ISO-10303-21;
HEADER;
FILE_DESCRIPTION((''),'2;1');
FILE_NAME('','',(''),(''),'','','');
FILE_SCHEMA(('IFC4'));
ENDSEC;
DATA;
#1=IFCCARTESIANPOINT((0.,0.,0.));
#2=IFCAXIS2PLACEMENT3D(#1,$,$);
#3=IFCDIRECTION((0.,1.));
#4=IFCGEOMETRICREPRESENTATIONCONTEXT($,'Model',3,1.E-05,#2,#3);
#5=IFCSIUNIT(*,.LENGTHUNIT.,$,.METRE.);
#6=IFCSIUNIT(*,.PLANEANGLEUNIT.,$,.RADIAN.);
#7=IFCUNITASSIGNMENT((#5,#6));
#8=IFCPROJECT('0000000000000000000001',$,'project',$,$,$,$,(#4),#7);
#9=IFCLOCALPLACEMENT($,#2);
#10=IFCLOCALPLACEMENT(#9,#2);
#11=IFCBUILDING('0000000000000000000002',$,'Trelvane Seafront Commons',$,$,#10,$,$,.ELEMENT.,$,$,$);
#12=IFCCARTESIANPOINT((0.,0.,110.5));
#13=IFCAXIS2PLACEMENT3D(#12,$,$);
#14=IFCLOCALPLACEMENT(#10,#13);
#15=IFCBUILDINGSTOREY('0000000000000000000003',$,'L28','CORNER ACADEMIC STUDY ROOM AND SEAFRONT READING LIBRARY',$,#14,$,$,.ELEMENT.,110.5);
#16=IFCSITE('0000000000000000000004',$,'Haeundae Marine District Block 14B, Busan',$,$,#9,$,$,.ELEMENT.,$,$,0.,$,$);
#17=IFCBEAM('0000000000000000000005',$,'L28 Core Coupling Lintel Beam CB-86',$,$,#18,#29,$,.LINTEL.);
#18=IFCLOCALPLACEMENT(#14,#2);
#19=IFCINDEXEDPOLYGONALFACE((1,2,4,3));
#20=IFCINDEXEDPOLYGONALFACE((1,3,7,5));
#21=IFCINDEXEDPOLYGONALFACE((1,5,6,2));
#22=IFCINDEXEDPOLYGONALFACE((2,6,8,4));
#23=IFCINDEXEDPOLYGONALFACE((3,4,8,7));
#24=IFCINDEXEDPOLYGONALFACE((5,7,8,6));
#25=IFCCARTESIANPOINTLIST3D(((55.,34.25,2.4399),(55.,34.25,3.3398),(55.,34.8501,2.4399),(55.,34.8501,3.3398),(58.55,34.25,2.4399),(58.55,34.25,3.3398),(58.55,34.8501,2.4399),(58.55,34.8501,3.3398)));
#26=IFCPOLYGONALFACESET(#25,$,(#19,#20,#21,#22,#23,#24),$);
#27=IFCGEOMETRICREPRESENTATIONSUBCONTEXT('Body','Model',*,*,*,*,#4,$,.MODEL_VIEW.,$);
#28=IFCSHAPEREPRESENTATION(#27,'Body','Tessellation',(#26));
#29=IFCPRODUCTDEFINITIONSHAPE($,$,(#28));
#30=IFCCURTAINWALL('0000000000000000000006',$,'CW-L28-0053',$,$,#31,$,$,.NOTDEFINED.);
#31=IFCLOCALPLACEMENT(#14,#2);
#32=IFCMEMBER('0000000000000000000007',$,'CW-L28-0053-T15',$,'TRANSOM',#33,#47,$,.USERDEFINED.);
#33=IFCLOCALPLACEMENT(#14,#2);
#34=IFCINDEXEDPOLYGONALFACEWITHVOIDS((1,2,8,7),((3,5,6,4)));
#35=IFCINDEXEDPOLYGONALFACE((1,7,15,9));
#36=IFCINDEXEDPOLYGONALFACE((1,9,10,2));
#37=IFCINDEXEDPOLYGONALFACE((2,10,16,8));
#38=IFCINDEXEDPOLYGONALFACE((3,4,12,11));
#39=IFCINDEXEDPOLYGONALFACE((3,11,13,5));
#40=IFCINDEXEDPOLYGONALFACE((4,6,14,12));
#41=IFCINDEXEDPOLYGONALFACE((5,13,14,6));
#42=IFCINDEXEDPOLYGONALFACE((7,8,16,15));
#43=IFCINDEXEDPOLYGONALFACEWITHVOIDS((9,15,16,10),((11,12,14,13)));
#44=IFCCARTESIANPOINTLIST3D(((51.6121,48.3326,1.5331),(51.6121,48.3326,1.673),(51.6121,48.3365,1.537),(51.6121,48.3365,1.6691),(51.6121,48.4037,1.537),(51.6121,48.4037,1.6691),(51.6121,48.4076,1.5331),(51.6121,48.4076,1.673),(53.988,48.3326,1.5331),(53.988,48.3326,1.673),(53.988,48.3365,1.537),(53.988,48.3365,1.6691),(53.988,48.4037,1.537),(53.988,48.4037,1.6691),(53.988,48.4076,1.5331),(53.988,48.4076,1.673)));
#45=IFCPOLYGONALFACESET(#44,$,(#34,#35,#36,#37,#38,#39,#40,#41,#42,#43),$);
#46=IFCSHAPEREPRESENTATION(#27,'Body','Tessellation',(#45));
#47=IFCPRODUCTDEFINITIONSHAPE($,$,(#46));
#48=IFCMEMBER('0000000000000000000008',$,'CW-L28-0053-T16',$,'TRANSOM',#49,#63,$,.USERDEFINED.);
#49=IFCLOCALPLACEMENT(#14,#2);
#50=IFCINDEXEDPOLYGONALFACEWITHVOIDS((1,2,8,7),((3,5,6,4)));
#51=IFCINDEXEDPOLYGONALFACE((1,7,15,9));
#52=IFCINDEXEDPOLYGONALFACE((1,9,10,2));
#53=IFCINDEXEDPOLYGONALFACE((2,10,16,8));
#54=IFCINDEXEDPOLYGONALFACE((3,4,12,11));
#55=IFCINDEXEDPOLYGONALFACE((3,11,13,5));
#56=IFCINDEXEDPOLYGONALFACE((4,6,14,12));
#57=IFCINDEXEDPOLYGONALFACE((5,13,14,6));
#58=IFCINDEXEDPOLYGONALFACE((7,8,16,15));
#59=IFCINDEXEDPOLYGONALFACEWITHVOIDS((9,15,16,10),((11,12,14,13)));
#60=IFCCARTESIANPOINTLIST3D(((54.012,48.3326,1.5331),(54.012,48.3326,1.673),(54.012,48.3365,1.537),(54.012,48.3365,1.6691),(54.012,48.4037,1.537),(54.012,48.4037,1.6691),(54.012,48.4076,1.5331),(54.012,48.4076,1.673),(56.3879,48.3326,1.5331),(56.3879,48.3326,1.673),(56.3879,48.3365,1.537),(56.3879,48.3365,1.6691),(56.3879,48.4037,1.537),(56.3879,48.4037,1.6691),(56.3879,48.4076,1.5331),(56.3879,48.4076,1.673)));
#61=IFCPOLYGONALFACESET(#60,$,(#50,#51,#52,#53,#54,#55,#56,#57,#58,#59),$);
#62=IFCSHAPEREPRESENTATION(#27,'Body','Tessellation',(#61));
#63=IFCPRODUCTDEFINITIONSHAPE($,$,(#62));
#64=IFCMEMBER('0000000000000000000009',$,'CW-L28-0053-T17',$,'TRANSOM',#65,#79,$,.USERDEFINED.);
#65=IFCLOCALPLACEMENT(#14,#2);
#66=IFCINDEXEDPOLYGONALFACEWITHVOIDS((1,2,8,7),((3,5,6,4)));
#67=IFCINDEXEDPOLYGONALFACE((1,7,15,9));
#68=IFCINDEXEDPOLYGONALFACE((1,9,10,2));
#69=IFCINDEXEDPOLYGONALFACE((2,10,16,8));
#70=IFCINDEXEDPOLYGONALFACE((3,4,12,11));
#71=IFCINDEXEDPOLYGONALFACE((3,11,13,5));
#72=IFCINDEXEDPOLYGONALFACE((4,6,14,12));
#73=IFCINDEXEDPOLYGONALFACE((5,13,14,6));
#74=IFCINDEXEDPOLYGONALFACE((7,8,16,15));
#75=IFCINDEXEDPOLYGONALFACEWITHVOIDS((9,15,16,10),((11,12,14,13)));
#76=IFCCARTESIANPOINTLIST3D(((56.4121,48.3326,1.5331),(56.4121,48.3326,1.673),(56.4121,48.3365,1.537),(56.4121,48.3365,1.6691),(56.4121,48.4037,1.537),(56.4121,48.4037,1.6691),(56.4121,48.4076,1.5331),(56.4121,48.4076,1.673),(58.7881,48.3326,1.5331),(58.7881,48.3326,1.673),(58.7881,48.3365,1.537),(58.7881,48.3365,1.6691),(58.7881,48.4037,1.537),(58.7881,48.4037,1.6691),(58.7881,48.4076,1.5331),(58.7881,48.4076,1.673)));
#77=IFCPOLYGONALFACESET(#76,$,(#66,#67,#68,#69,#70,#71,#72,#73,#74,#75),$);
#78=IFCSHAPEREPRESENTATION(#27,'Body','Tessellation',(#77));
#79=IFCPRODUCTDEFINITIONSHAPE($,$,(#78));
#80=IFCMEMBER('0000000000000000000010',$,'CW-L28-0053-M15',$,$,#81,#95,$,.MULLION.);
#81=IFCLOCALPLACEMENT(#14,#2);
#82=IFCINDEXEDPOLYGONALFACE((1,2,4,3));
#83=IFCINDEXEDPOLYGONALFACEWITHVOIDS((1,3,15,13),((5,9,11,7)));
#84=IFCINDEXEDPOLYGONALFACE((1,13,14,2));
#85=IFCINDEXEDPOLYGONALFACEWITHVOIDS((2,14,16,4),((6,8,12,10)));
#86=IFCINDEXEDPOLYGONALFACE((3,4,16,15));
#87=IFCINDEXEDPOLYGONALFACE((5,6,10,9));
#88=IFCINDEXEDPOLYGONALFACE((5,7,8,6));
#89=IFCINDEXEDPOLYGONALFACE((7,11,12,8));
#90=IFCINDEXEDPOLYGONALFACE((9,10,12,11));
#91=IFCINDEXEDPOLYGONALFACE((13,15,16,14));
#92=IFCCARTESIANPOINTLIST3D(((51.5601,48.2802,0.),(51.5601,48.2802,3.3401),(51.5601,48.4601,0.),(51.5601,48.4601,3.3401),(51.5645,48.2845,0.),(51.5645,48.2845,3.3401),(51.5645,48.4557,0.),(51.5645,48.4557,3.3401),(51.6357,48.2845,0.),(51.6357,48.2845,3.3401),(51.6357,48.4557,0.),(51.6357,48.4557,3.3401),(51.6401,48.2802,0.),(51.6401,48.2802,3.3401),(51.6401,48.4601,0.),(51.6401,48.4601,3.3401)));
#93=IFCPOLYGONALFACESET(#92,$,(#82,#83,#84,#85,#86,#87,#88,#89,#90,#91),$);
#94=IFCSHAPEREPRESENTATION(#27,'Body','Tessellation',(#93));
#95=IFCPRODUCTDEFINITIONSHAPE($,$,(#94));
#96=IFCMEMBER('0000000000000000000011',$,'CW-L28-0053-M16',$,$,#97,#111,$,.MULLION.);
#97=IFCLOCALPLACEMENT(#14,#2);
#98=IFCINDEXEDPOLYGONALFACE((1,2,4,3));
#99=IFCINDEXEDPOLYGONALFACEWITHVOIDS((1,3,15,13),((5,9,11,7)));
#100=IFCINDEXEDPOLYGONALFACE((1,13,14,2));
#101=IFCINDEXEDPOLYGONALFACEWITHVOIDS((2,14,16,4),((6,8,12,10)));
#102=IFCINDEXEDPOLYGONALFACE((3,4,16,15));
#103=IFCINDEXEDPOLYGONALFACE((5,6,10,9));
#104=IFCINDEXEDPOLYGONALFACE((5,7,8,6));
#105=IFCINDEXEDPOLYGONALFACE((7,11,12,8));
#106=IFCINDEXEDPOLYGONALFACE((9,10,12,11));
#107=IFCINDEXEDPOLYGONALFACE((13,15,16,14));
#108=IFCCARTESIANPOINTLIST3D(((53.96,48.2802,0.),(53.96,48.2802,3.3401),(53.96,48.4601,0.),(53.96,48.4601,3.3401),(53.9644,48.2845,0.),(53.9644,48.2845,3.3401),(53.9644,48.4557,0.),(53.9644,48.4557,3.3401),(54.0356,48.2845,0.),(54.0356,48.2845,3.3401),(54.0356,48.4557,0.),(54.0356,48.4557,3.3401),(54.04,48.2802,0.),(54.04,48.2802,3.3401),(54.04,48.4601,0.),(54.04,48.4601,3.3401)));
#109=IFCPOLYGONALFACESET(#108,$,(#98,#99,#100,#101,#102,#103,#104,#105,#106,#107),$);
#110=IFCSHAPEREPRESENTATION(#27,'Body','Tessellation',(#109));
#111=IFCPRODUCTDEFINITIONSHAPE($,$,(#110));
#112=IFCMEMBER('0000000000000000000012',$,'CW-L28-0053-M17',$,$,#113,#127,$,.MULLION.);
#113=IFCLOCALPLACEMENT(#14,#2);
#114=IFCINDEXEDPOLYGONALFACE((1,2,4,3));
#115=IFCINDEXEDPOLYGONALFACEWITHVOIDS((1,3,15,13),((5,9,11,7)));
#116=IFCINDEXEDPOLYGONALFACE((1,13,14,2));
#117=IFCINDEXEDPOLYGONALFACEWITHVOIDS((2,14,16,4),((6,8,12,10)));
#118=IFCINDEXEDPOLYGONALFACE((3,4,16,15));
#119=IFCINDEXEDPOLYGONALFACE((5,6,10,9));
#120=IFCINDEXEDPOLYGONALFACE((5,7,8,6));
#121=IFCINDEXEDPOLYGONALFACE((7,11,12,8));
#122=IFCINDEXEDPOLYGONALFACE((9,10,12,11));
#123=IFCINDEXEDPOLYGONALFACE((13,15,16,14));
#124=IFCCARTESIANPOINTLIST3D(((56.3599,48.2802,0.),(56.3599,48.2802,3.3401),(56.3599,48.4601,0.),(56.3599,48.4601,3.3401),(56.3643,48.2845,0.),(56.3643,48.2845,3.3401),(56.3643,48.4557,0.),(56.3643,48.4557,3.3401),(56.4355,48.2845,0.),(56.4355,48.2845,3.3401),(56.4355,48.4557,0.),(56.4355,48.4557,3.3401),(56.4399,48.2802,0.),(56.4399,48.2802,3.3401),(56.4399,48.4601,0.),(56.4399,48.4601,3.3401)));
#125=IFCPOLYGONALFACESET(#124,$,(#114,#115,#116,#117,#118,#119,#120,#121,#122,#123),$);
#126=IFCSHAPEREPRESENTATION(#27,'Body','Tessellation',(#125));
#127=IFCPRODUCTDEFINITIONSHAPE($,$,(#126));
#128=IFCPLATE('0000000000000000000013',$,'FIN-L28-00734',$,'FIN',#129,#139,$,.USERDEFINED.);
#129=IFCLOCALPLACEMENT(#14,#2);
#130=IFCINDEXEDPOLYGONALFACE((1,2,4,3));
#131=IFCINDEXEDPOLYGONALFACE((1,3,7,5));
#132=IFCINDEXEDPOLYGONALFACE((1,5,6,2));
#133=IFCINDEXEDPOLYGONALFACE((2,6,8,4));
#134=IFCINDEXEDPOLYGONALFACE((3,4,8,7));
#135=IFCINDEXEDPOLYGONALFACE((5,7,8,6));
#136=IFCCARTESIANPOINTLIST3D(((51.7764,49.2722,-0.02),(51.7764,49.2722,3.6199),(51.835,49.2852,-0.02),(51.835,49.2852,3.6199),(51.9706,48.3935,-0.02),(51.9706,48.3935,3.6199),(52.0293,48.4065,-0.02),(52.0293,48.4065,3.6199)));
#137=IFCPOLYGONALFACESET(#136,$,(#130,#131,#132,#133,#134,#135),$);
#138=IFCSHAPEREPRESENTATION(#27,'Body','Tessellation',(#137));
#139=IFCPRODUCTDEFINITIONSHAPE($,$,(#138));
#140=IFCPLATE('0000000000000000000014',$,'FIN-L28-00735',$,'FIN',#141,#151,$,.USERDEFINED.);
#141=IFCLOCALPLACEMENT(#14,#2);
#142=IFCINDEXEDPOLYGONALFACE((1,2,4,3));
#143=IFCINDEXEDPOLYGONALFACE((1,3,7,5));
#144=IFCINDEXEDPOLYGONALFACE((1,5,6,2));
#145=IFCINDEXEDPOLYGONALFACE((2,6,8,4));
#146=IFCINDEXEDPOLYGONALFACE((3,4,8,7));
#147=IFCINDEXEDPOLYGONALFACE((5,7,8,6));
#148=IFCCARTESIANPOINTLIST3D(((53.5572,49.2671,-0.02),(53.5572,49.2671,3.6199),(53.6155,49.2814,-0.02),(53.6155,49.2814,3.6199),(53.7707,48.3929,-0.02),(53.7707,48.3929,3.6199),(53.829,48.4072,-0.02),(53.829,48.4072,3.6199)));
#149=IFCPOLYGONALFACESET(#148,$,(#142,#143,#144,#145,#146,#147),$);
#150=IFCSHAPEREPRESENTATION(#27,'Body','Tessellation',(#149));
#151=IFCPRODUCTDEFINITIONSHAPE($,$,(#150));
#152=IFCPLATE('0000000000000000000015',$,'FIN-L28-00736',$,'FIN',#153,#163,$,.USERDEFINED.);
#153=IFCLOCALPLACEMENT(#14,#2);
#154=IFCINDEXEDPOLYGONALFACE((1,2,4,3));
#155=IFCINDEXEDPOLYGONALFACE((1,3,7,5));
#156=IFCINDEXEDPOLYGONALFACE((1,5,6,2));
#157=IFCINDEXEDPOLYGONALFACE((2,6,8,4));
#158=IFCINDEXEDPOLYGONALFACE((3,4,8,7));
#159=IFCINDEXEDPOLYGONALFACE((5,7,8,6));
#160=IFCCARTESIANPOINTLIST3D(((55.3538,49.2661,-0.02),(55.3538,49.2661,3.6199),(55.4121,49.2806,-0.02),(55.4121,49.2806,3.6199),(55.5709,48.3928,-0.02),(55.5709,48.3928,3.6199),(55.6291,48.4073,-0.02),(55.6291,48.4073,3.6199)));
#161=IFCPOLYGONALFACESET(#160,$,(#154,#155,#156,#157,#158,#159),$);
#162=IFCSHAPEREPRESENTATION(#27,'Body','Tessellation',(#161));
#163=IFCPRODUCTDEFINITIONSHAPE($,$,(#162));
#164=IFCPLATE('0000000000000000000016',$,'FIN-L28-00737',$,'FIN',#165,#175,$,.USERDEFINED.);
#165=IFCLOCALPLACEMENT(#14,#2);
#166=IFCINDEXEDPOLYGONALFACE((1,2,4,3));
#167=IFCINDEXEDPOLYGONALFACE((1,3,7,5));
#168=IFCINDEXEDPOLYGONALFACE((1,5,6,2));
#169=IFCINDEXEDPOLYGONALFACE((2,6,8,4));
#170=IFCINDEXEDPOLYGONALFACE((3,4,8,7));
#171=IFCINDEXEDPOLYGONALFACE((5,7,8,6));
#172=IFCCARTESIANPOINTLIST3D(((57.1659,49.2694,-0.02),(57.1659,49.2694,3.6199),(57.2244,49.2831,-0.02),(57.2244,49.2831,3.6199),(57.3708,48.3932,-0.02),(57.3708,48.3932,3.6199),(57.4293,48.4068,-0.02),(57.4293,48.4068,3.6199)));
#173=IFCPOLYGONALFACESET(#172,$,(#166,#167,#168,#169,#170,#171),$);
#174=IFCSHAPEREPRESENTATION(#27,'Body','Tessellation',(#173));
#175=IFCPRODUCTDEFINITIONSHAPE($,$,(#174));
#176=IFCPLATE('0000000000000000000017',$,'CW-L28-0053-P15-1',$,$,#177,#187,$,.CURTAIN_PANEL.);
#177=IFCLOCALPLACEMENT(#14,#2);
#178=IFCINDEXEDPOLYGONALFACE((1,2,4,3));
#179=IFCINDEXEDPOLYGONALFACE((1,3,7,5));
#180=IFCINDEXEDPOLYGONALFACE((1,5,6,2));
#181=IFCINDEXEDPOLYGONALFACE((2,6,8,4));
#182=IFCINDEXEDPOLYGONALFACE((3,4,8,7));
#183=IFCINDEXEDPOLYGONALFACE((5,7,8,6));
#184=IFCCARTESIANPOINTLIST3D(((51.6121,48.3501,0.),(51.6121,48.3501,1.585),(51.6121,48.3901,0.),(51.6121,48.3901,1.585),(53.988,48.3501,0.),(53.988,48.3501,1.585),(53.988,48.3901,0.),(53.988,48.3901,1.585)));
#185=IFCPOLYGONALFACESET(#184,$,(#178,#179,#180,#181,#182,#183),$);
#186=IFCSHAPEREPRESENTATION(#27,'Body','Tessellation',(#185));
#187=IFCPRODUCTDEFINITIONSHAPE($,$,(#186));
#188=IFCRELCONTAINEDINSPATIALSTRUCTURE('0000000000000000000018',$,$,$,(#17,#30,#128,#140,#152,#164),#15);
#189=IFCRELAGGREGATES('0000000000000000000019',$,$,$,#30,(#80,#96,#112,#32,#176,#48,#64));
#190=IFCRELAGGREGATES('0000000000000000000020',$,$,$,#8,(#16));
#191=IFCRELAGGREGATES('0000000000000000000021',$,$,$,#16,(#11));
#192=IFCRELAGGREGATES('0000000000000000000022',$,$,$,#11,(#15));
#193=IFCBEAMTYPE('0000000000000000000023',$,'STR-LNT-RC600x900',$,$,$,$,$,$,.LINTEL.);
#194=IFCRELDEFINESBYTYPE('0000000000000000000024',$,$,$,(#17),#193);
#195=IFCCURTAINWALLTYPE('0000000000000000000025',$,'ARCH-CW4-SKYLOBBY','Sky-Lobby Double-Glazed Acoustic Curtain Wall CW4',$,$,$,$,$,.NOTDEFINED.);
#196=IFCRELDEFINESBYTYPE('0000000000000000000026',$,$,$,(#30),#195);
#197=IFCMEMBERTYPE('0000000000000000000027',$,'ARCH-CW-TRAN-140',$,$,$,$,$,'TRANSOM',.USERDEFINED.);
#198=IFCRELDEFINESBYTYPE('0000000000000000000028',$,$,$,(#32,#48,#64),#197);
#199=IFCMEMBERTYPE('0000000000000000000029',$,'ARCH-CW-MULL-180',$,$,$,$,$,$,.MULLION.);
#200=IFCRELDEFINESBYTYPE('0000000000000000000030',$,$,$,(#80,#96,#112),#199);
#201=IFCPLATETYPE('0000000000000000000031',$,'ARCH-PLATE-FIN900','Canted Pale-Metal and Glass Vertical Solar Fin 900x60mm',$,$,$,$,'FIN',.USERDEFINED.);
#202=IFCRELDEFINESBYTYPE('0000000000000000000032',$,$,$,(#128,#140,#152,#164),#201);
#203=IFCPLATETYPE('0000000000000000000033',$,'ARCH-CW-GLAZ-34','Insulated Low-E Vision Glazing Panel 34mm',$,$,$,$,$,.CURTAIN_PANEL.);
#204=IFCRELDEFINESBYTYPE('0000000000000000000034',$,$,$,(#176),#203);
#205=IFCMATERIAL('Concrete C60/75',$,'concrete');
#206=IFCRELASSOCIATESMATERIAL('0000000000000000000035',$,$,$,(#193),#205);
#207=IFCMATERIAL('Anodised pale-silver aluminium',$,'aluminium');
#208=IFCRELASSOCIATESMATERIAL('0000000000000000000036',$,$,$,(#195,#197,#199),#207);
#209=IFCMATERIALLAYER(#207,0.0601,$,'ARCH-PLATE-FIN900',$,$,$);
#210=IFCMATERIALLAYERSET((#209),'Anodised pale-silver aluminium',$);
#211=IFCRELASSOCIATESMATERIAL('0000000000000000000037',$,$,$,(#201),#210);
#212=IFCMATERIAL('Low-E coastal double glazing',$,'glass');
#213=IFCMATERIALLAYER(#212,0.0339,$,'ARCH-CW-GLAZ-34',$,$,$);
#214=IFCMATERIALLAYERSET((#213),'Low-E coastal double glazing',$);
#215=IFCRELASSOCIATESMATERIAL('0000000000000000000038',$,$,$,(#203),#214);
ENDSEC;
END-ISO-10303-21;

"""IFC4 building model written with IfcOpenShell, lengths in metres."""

from ifc_helpers import new_model, si_unit, direction, frame, origin, origin_2d, place, context, subcontext, project, spatial, rectangle, hollow_rectangle, extrude, source, transform, mapped, material, layer, layer_set, material_profile, profile_set, type_object, element, aggregate, save


model = new_model("IFC4")

# Units and contexts
model_context = context("Model", 3, precision=1e-05, world=origin(), true_north=direction((0.0, 1.0)))
body_context = subcontext(model_context, "Body", "Model", "MODEL_VIEW")
ifc_project = project(units=[si_unit("LENGTHUNIT", "METRE"), si_unit("PLANEANGLEUNIT", "RADIAN")], contexts=[model_context])

# Site, building, storey
site_placement = place(None, origin())
site = spatial("IfcSite", under=ifc_project, at=site_placement, Name="Haeundae Marine District Block 14B, Busan", CompositionType="ELEMENT", RefElevation=0.0)
building_placement = place(site_placement, origin())
building = spatial("IfcBuilding", under=site, at=building_placement, Name="Trelvane Seafront Commons", CompositionType="ELEMENT")
storey_placement = place(building_placement, frame((0.0, 0.0, 110.5)))
storey = spatial("IfcBuildingStorey", under=building, at=storey_placement, Name="L28", Description="CORNER ACADEMIC STUDY ROOM AND SEAFRONT READING LIBRARY", CompositionType="ELEMENT", Elevation=110.5)

# Beam
ifc_material_1 = material(Name="Concrete C60/75", Category="concrete")
ifc_material_profile_1 = material_profile(ifc_material_1, rectangle(XDim=0.6001, YDim=0.8999, at=origin_2d()), Name="RC-600x900")
ifc_profile_set_1 = profile_set([ifc_material_profile_1], Name="Concrete C60/75")
beam_type = type_object("IfcBeamType", Name="STR-LNT-RC600x900", PredefinedType="LINTEL", material=ifc_profile_set_1)
shared_shape_1 = source(origin(), body_context, "Body", "SweptSolid", [
    extrude(rectangle(XDim=0.6001, YDim=0.8999, at=origin_2d()), origin(), (0.0, 0.0, 1.0), 3.55),
])
beam_placement = place(storey_placement, frame((55.0, 34.55, 2.8899), z_axis=(1.0, 0.0, 0.0), x_axis=(0.0, 1.0, 0.0)))
element("IfcBeam", 1, at=beam_placement, inside=storey, type_object=beam_type, Name="L28 Core Coupling Lintel Beam CB-86", PredefinedType="LINTEL", context=body_context, shape_type="MappedRepresentation", body=[
    mapped(shared_shape_1, transform((0.0, 0.0, 0.0), x_axis=(1.0, 0.0, 0.0), y_axis=(0.0, 1.0, 0.0), z_axis=(0.0, 0.0, 1.0), scale=1.0)),
])

# Curtain wall, members
ifc_material_2 = material(Name="Anodised pale-silver aluminium", Category="aluminium")
curtain_wall_type = type_object("IfcCurtainWallType", Name="ARCH-CW4-SKYLOBBY", Description="Sky-Lobby Double-Glazed Acoustic Curtain Wall CW4", PredefinedType="NOTDEFINED", material=ifc_material_2)
curtain_wall_placement = place(storey_placement, origin())
curtain_wall = element("IfcCurtainWall", 2, at=curtain_wall_placement, inside=storey, type_object=curtain_wall_type, Name="CW-L28-0053", PredefinedType="NOTDEFINED")
ifc_material_profile_2 = material_profile(ifc_material_2, hollow_rectangle(XDim=0.075, YDim=0.1399, WallThickness=0.0039, at=origin_2d()), Name="TRAN-75x140x4")
ifc_profile_set_2 = profile_set([ifc_material_profile_2], Name="Anodised pale-silver aluminium")
member_type_1 = type_object("IfcMemberType", Name="ARCH-CW-TRAN-140", ElementType="TRANSOM", PredefinedType="USERDEFINED", material=ifc_profile_set_2)
shared_shape_2 = source(origin(), body_context, "Body", "SweptSolid", [
    extrude(hollow_rectangle(XDim=0.075, YDim=0.1399, WallThickness=0.0039, at=origin_2d()), origin(), (0.0, 0.0, 1.0), 2.376),
])
member_1_placement = place(storey_placement, frame((51.6121, 48.3701, 1.603), z_axis=(1.0, 0.0, 0.0), x_axis=(0.0, 1.0, 0.0)))
member_1 = element("IfcMember", 3, at=member_1_placement, type_object=member_type_1, Name="CW-L28-0053-T15", ObjectType="TRANSOM", PredefinedType="USERDEFINED", context=body_context, shape_type="MappedRepresentation", body=[
    mapped(shared_shape_2, transform((0.0, 0.0, 0.0), x_axis=(1.0, 0.0, 0.0), y_axis=(0.0, 1.0, 0.0), z_axis=(0.0, 0.0, 1.0), scale=1.0)),
])
member_2_placement = place(storey_placement, frame((54.012, 48.3701, 1.603), z_axis=(1.0, 0.0, 0.0), x_axis=(0.0, 1.0, 0.0)))
member_2 = element("IfcMember", 4, at=member_2_placement, type_object=member_type_1, Name="CW-L28-0053-T16", ObjectType="TRANSOM", PredefinedType="USERDEFINED", context=body_context, shape_type="MappedRepresentation", body=[
    mapped(shared_shape_2, transform((0.0, 0.0, 0.0), x_axis=(1.0, 0.0, 0.0), y_axis=(0.0, 1.0, 0.0), z_axis=(0.0, 0.0, 1.0), scale=1.0)),
])
member_3_placement = place(storey_placement, frame((56.4121, 48.3701, 1.603), z_axis=(1.0, 0.0, 0.0), x_axis=(0.0, 1.0, 0.0)))
member_3 = element("IfcMember", 5, at=member_3_placement, type_object=member_type_1, Name="CW-L28-0053-T17", ObjectType="TRANSOM", PredefinedType="USERDEFINED", context=body_context, shape_type="MappedRepresentation", body=[
    mapped(shared_shape_2, transform((0.0, 0.0, 0.0), x_axis=(1.0, 0.0, 0.0), y_axis=(0.0, 1.0, 0.0), z_axis=(0.0, 0.0, 1.0), scale=1.0)),
])
ifc_material_profile_3 = material_profile(ifc_material_2, hollow_rectangle(XDim=0.0801, YDim=0.1799, WallThickness=0.0044, at=origin_2d()), Name="MULL-80x180x4.5")
ifc_profile_set_3 = profile_set([ifc_material_profile_3], Name="Anodised pale-silver aluminium")
member_type_2 = type_object("IfcMemberType", Name="ARCH-CW-MULL-180", PredefinedType="MULLION", material=ifc_profile_set_3)
shared_shape_3 = source(origin(), body_context, "Body", "SweptSolid", [
    extrude(hollow_rectangle(XDim=0.0801, YDim=0.1799, WallThickness=0.0044, at=origin_2d()), origin(), (0.0, 0.0, 1.0), 3.3401),
])
member_4_placement = place(storey_placement, frame((51.6001, 48.3701, 0.0), z_axis=(0.0, 0.0, 1.0), x_axis=(1.0, 0.0, 0.0)))
member_4 = element("IfcMember", 6, at=member_4_placement, type_object=member_type_2, Name="CW-L28-0053-M15", PredefinedType="MULLION", context=body_context, shape_type="MappedRepresentation", body=[
    mapped(shared_shape_3, transform((0.0, 0.0, 0.0), x_axis=(1.0, 0.0, 0.0), y_axis=(0.0, 1.0, 0.0), z_axis=(0.0, 0.0, 1.0), scale=1.0)),
])
member_5_placement = place(storey_placement, frame((54.0, 48.3701, 0.0), z_axis=(0.0, 0.0, 1.0), x_axis=(1.0, 0.0, 0.0)))
member_5 = element("IfcMember", 7, at=member_5_placement, type_object=member_type_2, Name="CW-L28-0053-M16", PredefinedType="MULLION", context=body_context, shape_type="MappedRepresentation", body=[
    mapped(shared_shape_3, transform((0.0, 0.0, 0.0), x_axis=(1.0, 0.0, 0.0), y_axis=(0.0, 1.0, 0.0), z_axis=(0.0, 0.0, 1.0), scale=1.0)),
])
member_6_placement = place(storey_placement, frame((56.3999, 48.3701, 0.0), z_axis=(0.0, 0.0, 1.0), x_axis=(1.0, 0.0, 0.0)))
member_6 = element("IfcMember", 8, at=member_6_placement, type_object=member_type_2, Name="CW-L28-0053-M17", PredefinedType="MULLION", context=body_context, shape_type="MappedRepresentation", body=[
    mapped(shared_shape_3, transform((0.0, 0.0, 0.0), x_axis=(1.0, 0.0, 0.0), y_axis=(0.0, 1.0, 0.0), z_axis=(0.0, 0.0, 1.0), scale=1.0)),
])

# Plates
ifc_layer_1 = layer(ifc_material_2, 0.0601, Name="ARCH-PLATE-FIN900")
ifc_layer_set_1 = layer_set([ifc_layer_1], Name="Anodised pale-silver aluminium")
plate_type_1 = type_object("IfcPlateType", Name="ARCH-PLATE-FIN900", Description="Canted Pale-Metal and Glass Vertical Solar Fin 900x60mm", ElementType="FIN", PredefinedType="USERDEFINED", material=ifc_layer_set_1)
shared_shape_4 = source(origin(), body_context, "Body", "SweptSolid", [
    extrude(rectangle(XDim=0.8999, YDim=0.0601, at=origin_2d()), origin(), (0.0, 0.0, 1.0), 3.6399),
])
for number, where, z_axis, x_axis, name in (
    (9, (51.9028, 48.8394, -0.02), (0.0, 0.0, 1.0), (-0.215884, 0.976419, 0.0), "FIN-L28-00734"),
    (10, (53.6931, 48.8372, -0.02), (0.0, 0.0, 1.0), (-0.237225, 0.971455, 0.0), "FIN-L28-00735"),
    (11, (55.4915, 48.8367, -0.02), (0.0, 0.0, 1.0), (-0.241228, 0.970469, 0.0), "FIN-L28-00736"),
    (12, (57.2976, 48.8381, -0.02), (0.0, 0.0, 1.0), (-0.227658, 0.973741, 0.0), "FIN-L28-00737"),
):
    element("IfcPlate", number, at=place(storey_placement, frame(where, z_axis=z_axis, x_axis=x_axis)), inside=storey, type_object=plate_type_1, Name=name, ObjectType="FIN", PredefinedType="USERDEFINED", context=body_context, shape_type="MappedRepresentation", body=[
        mapped(shared_shape_4, transform((0.0, 0.0, 0.0), x_axis=(1.0, 0.0, 0.0), y_axis=(0.0, 1.0, 0.0), z_axis=(0.0, 0.0, 1.0), scale=1.0)),
    ])

# Plate
ifc_material_3 = material(Name="Low-E coastal double glazing", Category="glass")
ifc_layer_2 = layer(ifc_material_3, 0.0339, Name="ARCH-CW-GLAZ-34")
ifc_layer_set_2 = layer_set([ifc_layer_2], Name="Low-E coastal double glazing")
plate_type_2 = type_object("IfcPlateType", Name="ARCH-CW-GLAZ-34", Description="Insulated Low-E Vision Glazing Panel 34mm", PredefinedType="CURTAIN_PANEL", material=ifc_layer_set_2)
shared_shape_5 = source(origin(), body_context, "Body", "SweptSolid", [
    extrude(rectangle(XDim=2.376, YDim=0.04, at=origin_2d()), origin(), (0.0, 0.0, 1.0), 1.585),
])
plate_1_placement = place(storey_placement, frame((52.8, 48.3701, 0.0), z_axis=(0.0, 0.0, 1.0), x_axis=(1.0, 0.0, 0.0)))
plate_1 = element("IfcPlate", 13, at=plate_1_placement, type_object=plate_type_2, Name="CW-L28-0053-P15-1", PredefinedType="CURTAIN_PANEL", context=body_context, shape_type="MappedRepresentation", body=[
    mapped(shared_shape_5, transform((0.0, 0.0, 0.0), x_axis=(1.0, 0.0, 0.0), y_axis=(0.0, 1.0, 0.0), z_axis=(0.0, 0.0, 1.0), scale=1.0)),
])
aggregate(curtain_wall, [member_4, member_5, member_6, member_1, plate_1, member_2, member_3])

save(model, "model.ifc")
